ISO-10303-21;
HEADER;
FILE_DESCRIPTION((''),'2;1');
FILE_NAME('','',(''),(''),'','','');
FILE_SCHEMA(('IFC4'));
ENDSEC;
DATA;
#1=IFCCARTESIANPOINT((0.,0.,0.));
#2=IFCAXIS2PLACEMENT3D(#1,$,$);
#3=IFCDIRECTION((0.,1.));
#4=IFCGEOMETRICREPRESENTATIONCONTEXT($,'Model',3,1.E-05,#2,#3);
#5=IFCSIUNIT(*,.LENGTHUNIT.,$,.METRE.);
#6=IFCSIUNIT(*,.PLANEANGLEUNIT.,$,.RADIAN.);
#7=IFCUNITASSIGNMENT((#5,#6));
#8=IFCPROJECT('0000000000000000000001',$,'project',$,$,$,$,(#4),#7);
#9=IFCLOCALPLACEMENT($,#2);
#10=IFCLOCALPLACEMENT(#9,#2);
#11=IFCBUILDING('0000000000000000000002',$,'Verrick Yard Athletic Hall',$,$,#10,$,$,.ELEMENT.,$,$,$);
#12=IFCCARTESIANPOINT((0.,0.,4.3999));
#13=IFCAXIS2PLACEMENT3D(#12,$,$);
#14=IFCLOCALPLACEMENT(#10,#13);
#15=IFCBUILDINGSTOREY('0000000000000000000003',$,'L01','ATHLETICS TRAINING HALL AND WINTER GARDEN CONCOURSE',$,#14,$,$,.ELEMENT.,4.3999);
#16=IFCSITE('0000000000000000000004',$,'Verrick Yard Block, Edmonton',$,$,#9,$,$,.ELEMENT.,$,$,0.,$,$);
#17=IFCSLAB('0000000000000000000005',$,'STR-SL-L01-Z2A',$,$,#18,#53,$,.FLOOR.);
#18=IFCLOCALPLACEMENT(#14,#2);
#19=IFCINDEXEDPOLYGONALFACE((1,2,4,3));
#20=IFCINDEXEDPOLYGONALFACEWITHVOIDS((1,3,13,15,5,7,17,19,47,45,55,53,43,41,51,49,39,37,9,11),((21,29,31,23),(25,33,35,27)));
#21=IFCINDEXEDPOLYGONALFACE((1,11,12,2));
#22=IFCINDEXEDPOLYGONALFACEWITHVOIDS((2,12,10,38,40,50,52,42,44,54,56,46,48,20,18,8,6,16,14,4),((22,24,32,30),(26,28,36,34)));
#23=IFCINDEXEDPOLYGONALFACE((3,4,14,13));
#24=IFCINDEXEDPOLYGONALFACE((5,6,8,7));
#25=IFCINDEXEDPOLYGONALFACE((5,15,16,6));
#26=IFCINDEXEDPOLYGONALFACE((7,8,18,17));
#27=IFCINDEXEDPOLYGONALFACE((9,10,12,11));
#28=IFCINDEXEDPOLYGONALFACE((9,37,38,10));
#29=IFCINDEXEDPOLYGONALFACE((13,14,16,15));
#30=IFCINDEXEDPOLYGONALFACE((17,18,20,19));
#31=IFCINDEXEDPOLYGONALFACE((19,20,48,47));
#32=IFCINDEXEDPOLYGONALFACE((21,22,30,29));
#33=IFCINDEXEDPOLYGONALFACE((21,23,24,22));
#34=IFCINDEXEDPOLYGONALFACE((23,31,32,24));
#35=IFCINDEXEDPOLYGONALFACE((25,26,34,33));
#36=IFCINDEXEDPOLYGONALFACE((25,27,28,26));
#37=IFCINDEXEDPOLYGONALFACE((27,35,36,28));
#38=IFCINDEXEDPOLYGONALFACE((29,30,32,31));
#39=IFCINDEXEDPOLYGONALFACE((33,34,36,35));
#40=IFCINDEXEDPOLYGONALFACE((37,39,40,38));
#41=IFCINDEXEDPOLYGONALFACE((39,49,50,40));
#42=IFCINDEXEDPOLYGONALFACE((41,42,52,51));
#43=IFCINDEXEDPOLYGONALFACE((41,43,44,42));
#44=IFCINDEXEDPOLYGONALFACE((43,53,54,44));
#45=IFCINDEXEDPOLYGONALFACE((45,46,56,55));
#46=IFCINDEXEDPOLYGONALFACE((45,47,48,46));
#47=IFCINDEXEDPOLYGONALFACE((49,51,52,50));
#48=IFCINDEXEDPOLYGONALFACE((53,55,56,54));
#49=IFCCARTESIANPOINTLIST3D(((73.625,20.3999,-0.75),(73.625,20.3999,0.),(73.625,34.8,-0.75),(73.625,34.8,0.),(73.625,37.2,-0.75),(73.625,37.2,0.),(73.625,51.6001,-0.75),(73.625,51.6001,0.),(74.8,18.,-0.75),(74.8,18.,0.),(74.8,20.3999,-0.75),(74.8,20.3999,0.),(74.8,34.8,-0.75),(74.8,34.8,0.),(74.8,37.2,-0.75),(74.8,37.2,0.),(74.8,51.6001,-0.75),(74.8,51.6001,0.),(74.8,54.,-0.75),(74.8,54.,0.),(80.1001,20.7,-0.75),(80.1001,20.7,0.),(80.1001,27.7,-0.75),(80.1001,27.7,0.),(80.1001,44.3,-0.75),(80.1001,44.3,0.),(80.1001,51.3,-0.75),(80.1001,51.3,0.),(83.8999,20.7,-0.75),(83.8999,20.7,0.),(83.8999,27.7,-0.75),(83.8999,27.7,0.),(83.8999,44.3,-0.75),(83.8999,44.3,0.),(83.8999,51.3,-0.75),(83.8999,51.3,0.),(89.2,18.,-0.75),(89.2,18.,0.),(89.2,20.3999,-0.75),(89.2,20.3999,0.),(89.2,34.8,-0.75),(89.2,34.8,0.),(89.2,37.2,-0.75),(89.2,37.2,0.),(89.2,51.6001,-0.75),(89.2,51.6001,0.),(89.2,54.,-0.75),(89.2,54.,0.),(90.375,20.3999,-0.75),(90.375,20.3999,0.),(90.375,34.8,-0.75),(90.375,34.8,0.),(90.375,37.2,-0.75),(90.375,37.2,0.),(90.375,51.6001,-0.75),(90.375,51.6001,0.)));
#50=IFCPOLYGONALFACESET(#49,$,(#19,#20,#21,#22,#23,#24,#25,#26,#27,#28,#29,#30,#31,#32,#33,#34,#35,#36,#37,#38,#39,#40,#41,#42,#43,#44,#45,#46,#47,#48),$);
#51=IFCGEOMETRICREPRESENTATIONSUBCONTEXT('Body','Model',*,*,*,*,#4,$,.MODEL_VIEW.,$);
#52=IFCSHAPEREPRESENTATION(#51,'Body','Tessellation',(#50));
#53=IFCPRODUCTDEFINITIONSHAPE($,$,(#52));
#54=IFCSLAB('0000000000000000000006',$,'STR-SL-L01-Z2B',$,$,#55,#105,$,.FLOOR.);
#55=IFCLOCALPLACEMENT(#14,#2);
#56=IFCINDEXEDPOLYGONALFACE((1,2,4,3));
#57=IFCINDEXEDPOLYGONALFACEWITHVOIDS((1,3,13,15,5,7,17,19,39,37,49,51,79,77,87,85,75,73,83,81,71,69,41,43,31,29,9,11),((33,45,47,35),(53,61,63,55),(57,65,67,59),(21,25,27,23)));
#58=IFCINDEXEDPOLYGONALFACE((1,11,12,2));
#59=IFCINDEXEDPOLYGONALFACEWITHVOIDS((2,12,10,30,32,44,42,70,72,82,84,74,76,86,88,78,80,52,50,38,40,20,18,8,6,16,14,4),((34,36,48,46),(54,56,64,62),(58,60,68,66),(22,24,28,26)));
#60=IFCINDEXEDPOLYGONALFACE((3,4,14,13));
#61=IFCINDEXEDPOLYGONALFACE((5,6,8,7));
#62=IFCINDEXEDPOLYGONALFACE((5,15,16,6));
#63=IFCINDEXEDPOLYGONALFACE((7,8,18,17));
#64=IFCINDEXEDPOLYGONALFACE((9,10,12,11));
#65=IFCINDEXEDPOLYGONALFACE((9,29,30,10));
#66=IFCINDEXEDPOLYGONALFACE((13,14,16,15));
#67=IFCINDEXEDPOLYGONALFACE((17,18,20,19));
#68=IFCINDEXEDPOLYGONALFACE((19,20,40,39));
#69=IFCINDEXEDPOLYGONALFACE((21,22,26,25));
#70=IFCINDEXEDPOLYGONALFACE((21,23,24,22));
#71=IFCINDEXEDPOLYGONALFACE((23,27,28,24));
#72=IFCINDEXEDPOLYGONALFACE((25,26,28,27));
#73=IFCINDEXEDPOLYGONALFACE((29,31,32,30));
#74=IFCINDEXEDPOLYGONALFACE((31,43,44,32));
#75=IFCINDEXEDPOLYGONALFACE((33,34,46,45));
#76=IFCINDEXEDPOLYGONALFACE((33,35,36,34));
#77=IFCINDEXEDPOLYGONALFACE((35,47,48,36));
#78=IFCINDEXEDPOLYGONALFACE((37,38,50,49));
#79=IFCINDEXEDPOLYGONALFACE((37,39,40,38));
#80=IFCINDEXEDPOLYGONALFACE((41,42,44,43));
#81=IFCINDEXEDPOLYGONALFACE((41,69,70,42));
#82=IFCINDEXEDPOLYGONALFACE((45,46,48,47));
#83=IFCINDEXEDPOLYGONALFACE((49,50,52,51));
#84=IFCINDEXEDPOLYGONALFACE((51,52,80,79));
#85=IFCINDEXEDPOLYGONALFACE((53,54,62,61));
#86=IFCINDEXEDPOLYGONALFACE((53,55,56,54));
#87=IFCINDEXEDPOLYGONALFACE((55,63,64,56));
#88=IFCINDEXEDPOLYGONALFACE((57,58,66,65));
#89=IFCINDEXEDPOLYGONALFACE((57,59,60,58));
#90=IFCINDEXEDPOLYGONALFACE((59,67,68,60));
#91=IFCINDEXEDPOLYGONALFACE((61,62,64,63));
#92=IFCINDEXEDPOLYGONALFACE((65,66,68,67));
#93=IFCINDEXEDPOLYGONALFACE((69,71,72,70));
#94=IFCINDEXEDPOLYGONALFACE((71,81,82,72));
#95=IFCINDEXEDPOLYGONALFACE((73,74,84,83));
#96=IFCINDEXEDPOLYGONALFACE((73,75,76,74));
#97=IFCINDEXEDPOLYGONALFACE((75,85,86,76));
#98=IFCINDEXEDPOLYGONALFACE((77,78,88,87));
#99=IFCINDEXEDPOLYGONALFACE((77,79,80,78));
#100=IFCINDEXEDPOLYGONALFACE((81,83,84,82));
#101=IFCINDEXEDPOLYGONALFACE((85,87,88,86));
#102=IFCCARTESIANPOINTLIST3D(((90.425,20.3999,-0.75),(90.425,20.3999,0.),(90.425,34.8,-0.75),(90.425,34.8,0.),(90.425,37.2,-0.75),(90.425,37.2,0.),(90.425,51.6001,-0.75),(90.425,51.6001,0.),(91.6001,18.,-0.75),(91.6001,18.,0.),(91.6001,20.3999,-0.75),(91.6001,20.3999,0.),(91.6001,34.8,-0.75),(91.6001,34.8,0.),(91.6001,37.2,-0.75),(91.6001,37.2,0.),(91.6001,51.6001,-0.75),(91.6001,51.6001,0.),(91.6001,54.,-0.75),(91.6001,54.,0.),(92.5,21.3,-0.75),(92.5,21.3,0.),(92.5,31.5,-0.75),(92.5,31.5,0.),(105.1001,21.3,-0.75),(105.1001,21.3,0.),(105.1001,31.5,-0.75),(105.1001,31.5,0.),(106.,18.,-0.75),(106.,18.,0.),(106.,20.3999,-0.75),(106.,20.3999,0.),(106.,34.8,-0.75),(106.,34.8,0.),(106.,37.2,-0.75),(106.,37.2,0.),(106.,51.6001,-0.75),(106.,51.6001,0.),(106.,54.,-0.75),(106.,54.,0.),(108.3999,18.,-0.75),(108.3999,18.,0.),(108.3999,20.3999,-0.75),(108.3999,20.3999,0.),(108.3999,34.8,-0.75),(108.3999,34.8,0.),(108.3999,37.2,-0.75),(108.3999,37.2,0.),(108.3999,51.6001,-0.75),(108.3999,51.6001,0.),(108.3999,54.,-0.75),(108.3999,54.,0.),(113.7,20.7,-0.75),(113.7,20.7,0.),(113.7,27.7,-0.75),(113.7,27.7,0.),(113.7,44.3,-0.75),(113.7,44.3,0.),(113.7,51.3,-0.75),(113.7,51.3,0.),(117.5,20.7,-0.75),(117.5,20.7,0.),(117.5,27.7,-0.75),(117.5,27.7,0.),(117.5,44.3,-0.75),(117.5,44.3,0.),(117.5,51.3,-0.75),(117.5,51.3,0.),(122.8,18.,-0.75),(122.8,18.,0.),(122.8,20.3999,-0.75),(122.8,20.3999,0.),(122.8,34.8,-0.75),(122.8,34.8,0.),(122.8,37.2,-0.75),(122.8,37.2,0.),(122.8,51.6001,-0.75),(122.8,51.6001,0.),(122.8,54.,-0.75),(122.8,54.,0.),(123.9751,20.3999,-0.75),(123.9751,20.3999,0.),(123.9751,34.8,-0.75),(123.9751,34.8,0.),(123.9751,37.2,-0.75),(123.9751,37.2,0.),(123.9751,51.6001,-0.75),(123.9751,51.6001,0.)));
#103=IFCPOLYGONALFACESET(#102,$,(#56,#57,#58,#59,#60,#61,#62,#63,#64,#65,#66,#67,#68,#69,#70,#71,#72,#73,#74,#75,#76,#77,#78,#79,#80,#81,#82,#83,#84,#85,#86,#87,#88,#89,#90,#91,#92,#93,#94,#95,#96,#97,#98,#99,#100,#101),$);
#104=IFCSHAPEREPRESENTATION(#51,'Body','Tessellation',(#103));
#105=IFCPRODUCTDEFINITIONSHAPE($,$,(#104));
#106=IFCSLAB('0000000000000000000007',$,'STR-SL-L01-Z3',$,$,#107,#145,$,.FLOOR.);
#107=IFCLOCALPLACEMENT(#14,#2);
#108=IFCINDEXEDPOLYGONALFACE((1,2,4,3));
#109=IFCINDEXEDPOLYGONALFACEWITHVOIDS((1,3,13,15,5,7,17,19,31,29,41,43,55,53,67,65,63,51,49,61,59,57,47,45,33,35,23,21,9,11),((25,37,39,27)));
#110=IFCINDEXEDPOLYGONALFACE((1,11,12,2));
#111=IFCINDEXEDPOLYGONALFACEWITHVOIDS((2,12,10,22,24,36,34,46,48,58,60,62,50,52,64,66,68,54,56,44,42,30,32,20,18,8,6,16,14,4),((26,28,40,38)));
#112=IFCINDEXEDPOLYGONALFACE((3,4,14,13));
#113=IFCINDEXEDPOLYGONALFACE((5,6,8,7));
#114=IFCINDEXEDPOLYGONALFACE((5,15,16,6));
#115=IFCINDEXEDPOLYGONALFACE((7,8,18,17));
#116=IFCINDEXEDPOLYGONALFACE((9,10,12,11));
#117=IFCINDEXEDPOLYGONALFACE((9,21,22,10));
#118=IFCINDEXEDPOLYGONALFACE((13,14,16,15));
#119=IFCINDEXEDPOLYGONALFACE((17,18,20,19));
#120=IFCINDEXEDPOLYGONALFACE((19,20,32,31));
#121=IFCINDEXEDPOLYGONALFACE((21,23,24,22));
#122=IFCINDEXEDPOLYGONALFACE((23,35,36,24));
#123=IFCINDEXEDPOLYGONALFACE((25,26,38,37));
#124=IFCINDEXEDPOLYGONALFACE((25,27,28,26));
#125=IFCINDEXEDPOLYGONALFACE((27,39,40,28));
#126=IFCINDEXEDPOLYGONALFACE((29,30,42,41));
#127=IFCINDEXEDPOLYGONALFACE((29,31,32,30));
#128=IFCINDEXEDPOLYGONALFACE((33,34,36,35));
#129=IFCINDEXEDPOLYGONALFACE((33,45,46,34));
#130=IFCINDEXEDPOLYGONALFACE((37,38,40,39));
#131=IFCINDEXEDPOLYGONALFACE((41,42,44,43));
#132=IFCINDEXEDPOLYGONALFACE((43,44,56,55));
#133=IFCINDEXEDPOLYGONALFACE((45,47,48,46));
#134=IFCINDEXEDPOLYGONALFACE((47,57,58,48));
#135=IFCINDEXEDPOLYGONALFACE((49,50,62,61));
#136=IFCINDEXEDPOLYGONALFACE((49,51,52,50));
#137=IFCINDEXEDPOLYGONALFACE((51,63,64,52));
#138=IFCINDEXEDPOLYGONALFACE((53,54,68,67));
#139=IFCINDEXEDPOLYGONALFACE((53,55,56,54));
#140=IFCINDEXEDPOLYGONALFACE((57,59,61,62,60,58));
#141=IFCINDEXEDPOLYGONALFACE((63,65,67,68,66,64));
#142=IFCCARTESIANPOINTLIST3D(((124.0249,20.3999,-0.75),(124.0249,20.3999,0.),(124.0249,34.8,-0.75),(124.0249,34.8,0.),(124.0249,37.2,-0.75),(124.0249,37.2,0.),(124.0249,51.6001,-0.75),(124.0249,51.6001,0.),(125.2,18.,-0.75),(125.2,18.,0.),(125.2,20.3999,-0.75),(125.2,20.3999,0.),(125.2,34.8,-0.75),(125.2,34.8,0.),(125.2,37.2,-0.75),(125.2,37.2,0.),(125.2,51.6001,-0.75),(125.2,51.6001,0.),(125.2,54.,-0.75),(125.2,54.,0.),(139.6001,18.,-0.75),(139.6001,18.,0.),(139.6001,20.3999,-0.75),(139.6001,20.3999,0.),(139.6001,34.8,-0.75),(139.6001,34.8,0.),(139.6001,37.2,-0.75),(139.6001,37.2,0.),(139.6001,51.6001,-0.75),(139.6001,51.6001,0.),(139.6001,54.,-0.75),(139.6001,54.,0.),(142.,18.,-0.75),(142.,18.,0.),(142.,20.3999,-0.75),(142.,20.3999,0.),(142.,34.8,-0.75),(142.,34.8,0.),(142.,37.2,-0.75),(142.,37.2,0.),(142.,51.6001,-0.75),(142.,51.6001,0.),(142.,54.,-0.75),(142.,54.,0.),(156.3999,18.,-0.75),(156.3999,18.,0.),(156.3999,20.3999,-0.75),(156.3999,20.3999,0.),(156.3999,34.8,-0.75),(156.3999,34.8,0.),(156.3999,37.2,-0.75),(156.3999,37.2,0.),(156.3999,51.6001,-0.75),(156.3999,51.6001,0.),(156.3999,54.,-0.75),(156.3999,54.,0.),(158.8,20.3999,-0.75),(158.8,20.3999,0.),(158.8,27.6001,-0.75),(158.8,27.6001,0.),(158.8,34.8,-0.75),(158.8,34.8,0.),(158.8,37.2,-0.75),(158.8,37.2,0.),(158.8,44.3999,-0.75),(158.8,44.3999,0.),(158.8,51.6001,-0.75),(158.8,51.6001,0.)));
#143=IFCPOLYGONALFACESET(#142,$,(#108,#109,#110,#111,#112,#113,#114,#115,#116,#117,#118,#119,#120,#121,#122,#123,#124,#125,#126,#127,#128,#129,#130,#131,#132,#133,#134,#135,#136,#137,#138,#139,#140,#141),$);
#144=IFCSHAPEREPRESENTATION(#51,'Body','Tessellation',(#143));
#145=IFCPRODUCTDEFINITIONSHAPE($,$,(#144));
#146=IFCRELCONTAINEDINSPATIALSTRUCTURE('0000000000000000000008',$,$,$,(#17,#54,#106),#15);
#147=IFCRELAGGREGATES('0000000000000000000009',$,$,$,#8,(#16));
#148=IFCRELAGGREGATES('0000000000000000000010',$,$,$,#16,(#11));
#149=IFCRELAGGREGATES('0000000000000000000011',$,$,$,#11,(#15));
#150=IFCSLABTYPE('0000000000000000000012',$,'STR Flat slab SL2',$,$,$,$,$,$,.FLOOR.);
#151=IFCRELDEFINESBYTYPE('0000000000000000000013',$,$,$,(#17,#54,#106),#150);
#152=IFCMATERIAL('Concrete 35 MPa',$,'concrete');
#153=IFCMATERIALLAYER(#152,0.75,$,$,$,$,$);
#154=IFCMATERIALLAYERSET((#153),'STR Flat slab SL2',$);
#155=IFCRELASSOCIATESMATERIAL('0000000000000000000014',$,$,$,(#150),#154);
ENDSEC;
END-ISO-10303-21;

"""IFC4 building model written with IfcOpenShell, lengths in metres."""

from ifc_helpers import new_model, si_unit, direction, frame, origin, place, context, subcontext, project, spatial, polyline, outline, extrude, material, layer, layer_set, type_object, element, save


model = new_model("IFC4")

# Units and contexts
model_context = context("Model", 3, precision=1e-05, world=origin(), true_north=direction((0.0, 1.0)))
body_context = subcontext(model_context, "Body", "Model", "MODEL_VIEW")
ifc_project = project(units=[si_unit("LENGTHUNIT", "METRE"), si_unit("PLANEANGLEUNIT", "RADIAN")], contexts=[model_context])

# Site, building, storey
site_placement = place(None, origin())
site = spatial("IfcSite", under=ifc_project, at=site_placement, Name="Verrick Yard Block, Edmonton", CompositionType="ELEMENT", RefElevation=0.0)
building_placement = place(site_placement, origin())
building = spatial("IfcBuilding", under=site, at=building_placement, Name="Verrick Yard Athletic Hall", CompositionType="ELEMENT")
storey_placement = place(building_placement, frame((0.0, 0.0, 4.3999)))
storey = spatial("IfcBuildingStorey", under=building, at=storey_placement, Name="L01", Description="ATHLETICS TRAINING HALL AND WINTER GARDEN CONCOURSE", CompositionType="ELEMENT", Elevation=4.3999)

# Slabs
ifc_material = material(Name="Concrete 35 MPa", Category="concrete")
ifc_layer_1 = layer(ifc_material, 0.75)
ifc_layer_set_1 = layer_set([ifc_layer_1], Name="STR Flat slab SL2")
slab_type_1 = type_object("IfcSlabType", Name="STR Flat slab SL2", PredefinedType="FLOOR", material=ifc_layer_set_1)
slab_1_placement = place(storey_placement, frame((0.0, 0.0, -0.75)))
element("IfcSlab", 1, at=slab_1_placement, inside=storey, type_object=slab_type_1, Name="STR-SL-L01-Z2A", PredefinedType="FLOOR", context=body_context, shape_type="SweptSolid", body=[
    extrude(outline(polyline([(89.2, 20.3999), (90.375, 20.3999), (90.375, 34.8), (89.2, 34.8), (89.2, 37.2), (90.375, 37.2), (90.375, 51.6001), (89.2, 51.6001), (89.2, 54.0), (74.8, 54.0), (74.8, 51.6001), (73.625, 51.6001), (73.625, 37.2), (74.8, 37.2), (74.8, 34.8), (73.625, 34.8), (73.625, 20.3999), (74.8, 20.3999), (74.8, 18.0), (89.2, 18.0), (89.2, 20.3999)]), holes=[polyline([(80.1001, 20.7), (80.1001, 27.7), (83.8999, 27.7), (83.8999, 20.7), (80.1001, 20.7)]), polyline([(80.1001, 44.3), (80.1001, 51.3), (83.8999, 51.3), (83.8999, 44.3), (80.1001, 44.3)])]), origin(), (0.0, 0.0, 1.0), 0.75),
])
slab_2_placement = place(storey_placement, frame((0.0, 0.0, -0.75)))
element("IfcSlab", 2, at=slab_2_placement, inside=storey, type_object=slab_type_1, Name="STR-SL-L01-Z2B", PredefinedType="FLOOR", context=body_context, shape_type="SweptSolid", body=[
    extrude(outline(polyline([(122.8, 20.3999), (123.9751, 20.3999), (123.9751, 34.8), (122.8, 34.8), (122.8, 37.2), (123.9751, 37.2), (123.9751, 51.6001), (122.8, 51.6001), (122.8, 54.0), (108.3999, 54.0), (108.3999, 51.6001), (106.0, 51.6001), (106.0, 54.0), (91.6001, 54.0), (91.6001, 51.6001), (90.425, 51.6001), (90.425, 37.2), (91.6001, 37.2), (91.6001, 34.8), (90.425, 34.8), (90.425, 20.3999), (91.6001, 20.3999), (91.6001, 18.0), (106.0, 18.0), (106.0, 20.3999), (108.3999, 20.3999), (108.3999, 18.0), (122.8, 18.0), (122.8, 20.3999)]), holes=[polyline([(108.3999, 37.2), (108.3999, 34.8), (106.0, 34.8), (106.0, 37.2), (108.3999, 37.2)]), polyline([(113.7, 20.7), (113.7, 27.7), (117.5, 27.7), (117.5, 20.7), (113.7, 20.7)]), polyline([(92.5, 21.3), (92.5, 31.5), (105.1001, 31.5), (105.1001, 21.3), (92.5, 21.3)]), polyline([(113.7, 44.3), (113.7, 51.3), (117.5, 51.3), (117.5, 44.3), (113.7, 44.3)])]), origin(), (0.0, 0.0, 1.0), 0.75),
])
slab_3_placement = place(storey_placement, frame((0.0, 0.0, -0.75)))
element("IfcSlab", 3, at=slab_3_placement, inside=storey, type_object=slab_type_1, Name="STR-SL-L01-Z3", PredefinedType="FLOOR", context=body_context, shape_type="SweptSolid", body=[
    extrude(outline(polyline([(156.3999, 20.3999), (158.8, 20.3999), (158.8, 27.6001), (158.8, 34.8), (156.3999, 34.8), (156.3999, 37.2), (158.8, 37.2), (158.8, 44.3999), (158.8, 51.6001), (156.3999, 51.6001), (156.3999, 54.0), (142.0, 54.0), (142.0, 51.6001), (139.6001, 51.6001), (139.6001, 54.0), (125.2, 54.0), (125.2, 51.6001), (124.0249, 51.6001), (124.0249, 37.2), (125.2, 37.2), (125.2, 34.8), (124.0249, 34.8), (124.0249, 20.3999), (125.2, 20.3999), (125.2, 18.0), (139.6001, 18.0), (139.6001, 20.3999), (142.0, 20.3999), (142.0, 18.0), (156.3999, 18.0), (156.3999, 20.3999)]), holes=[polyline([(139.6001, 37.2), (142.0, 37.2), (142.0, 34.8), (139.6001, 34.8), (139.6001, 37.2)])]), origin(), (0.0, 0.0, 1.0), 0.75),
])

save(model, "model.ifc")
